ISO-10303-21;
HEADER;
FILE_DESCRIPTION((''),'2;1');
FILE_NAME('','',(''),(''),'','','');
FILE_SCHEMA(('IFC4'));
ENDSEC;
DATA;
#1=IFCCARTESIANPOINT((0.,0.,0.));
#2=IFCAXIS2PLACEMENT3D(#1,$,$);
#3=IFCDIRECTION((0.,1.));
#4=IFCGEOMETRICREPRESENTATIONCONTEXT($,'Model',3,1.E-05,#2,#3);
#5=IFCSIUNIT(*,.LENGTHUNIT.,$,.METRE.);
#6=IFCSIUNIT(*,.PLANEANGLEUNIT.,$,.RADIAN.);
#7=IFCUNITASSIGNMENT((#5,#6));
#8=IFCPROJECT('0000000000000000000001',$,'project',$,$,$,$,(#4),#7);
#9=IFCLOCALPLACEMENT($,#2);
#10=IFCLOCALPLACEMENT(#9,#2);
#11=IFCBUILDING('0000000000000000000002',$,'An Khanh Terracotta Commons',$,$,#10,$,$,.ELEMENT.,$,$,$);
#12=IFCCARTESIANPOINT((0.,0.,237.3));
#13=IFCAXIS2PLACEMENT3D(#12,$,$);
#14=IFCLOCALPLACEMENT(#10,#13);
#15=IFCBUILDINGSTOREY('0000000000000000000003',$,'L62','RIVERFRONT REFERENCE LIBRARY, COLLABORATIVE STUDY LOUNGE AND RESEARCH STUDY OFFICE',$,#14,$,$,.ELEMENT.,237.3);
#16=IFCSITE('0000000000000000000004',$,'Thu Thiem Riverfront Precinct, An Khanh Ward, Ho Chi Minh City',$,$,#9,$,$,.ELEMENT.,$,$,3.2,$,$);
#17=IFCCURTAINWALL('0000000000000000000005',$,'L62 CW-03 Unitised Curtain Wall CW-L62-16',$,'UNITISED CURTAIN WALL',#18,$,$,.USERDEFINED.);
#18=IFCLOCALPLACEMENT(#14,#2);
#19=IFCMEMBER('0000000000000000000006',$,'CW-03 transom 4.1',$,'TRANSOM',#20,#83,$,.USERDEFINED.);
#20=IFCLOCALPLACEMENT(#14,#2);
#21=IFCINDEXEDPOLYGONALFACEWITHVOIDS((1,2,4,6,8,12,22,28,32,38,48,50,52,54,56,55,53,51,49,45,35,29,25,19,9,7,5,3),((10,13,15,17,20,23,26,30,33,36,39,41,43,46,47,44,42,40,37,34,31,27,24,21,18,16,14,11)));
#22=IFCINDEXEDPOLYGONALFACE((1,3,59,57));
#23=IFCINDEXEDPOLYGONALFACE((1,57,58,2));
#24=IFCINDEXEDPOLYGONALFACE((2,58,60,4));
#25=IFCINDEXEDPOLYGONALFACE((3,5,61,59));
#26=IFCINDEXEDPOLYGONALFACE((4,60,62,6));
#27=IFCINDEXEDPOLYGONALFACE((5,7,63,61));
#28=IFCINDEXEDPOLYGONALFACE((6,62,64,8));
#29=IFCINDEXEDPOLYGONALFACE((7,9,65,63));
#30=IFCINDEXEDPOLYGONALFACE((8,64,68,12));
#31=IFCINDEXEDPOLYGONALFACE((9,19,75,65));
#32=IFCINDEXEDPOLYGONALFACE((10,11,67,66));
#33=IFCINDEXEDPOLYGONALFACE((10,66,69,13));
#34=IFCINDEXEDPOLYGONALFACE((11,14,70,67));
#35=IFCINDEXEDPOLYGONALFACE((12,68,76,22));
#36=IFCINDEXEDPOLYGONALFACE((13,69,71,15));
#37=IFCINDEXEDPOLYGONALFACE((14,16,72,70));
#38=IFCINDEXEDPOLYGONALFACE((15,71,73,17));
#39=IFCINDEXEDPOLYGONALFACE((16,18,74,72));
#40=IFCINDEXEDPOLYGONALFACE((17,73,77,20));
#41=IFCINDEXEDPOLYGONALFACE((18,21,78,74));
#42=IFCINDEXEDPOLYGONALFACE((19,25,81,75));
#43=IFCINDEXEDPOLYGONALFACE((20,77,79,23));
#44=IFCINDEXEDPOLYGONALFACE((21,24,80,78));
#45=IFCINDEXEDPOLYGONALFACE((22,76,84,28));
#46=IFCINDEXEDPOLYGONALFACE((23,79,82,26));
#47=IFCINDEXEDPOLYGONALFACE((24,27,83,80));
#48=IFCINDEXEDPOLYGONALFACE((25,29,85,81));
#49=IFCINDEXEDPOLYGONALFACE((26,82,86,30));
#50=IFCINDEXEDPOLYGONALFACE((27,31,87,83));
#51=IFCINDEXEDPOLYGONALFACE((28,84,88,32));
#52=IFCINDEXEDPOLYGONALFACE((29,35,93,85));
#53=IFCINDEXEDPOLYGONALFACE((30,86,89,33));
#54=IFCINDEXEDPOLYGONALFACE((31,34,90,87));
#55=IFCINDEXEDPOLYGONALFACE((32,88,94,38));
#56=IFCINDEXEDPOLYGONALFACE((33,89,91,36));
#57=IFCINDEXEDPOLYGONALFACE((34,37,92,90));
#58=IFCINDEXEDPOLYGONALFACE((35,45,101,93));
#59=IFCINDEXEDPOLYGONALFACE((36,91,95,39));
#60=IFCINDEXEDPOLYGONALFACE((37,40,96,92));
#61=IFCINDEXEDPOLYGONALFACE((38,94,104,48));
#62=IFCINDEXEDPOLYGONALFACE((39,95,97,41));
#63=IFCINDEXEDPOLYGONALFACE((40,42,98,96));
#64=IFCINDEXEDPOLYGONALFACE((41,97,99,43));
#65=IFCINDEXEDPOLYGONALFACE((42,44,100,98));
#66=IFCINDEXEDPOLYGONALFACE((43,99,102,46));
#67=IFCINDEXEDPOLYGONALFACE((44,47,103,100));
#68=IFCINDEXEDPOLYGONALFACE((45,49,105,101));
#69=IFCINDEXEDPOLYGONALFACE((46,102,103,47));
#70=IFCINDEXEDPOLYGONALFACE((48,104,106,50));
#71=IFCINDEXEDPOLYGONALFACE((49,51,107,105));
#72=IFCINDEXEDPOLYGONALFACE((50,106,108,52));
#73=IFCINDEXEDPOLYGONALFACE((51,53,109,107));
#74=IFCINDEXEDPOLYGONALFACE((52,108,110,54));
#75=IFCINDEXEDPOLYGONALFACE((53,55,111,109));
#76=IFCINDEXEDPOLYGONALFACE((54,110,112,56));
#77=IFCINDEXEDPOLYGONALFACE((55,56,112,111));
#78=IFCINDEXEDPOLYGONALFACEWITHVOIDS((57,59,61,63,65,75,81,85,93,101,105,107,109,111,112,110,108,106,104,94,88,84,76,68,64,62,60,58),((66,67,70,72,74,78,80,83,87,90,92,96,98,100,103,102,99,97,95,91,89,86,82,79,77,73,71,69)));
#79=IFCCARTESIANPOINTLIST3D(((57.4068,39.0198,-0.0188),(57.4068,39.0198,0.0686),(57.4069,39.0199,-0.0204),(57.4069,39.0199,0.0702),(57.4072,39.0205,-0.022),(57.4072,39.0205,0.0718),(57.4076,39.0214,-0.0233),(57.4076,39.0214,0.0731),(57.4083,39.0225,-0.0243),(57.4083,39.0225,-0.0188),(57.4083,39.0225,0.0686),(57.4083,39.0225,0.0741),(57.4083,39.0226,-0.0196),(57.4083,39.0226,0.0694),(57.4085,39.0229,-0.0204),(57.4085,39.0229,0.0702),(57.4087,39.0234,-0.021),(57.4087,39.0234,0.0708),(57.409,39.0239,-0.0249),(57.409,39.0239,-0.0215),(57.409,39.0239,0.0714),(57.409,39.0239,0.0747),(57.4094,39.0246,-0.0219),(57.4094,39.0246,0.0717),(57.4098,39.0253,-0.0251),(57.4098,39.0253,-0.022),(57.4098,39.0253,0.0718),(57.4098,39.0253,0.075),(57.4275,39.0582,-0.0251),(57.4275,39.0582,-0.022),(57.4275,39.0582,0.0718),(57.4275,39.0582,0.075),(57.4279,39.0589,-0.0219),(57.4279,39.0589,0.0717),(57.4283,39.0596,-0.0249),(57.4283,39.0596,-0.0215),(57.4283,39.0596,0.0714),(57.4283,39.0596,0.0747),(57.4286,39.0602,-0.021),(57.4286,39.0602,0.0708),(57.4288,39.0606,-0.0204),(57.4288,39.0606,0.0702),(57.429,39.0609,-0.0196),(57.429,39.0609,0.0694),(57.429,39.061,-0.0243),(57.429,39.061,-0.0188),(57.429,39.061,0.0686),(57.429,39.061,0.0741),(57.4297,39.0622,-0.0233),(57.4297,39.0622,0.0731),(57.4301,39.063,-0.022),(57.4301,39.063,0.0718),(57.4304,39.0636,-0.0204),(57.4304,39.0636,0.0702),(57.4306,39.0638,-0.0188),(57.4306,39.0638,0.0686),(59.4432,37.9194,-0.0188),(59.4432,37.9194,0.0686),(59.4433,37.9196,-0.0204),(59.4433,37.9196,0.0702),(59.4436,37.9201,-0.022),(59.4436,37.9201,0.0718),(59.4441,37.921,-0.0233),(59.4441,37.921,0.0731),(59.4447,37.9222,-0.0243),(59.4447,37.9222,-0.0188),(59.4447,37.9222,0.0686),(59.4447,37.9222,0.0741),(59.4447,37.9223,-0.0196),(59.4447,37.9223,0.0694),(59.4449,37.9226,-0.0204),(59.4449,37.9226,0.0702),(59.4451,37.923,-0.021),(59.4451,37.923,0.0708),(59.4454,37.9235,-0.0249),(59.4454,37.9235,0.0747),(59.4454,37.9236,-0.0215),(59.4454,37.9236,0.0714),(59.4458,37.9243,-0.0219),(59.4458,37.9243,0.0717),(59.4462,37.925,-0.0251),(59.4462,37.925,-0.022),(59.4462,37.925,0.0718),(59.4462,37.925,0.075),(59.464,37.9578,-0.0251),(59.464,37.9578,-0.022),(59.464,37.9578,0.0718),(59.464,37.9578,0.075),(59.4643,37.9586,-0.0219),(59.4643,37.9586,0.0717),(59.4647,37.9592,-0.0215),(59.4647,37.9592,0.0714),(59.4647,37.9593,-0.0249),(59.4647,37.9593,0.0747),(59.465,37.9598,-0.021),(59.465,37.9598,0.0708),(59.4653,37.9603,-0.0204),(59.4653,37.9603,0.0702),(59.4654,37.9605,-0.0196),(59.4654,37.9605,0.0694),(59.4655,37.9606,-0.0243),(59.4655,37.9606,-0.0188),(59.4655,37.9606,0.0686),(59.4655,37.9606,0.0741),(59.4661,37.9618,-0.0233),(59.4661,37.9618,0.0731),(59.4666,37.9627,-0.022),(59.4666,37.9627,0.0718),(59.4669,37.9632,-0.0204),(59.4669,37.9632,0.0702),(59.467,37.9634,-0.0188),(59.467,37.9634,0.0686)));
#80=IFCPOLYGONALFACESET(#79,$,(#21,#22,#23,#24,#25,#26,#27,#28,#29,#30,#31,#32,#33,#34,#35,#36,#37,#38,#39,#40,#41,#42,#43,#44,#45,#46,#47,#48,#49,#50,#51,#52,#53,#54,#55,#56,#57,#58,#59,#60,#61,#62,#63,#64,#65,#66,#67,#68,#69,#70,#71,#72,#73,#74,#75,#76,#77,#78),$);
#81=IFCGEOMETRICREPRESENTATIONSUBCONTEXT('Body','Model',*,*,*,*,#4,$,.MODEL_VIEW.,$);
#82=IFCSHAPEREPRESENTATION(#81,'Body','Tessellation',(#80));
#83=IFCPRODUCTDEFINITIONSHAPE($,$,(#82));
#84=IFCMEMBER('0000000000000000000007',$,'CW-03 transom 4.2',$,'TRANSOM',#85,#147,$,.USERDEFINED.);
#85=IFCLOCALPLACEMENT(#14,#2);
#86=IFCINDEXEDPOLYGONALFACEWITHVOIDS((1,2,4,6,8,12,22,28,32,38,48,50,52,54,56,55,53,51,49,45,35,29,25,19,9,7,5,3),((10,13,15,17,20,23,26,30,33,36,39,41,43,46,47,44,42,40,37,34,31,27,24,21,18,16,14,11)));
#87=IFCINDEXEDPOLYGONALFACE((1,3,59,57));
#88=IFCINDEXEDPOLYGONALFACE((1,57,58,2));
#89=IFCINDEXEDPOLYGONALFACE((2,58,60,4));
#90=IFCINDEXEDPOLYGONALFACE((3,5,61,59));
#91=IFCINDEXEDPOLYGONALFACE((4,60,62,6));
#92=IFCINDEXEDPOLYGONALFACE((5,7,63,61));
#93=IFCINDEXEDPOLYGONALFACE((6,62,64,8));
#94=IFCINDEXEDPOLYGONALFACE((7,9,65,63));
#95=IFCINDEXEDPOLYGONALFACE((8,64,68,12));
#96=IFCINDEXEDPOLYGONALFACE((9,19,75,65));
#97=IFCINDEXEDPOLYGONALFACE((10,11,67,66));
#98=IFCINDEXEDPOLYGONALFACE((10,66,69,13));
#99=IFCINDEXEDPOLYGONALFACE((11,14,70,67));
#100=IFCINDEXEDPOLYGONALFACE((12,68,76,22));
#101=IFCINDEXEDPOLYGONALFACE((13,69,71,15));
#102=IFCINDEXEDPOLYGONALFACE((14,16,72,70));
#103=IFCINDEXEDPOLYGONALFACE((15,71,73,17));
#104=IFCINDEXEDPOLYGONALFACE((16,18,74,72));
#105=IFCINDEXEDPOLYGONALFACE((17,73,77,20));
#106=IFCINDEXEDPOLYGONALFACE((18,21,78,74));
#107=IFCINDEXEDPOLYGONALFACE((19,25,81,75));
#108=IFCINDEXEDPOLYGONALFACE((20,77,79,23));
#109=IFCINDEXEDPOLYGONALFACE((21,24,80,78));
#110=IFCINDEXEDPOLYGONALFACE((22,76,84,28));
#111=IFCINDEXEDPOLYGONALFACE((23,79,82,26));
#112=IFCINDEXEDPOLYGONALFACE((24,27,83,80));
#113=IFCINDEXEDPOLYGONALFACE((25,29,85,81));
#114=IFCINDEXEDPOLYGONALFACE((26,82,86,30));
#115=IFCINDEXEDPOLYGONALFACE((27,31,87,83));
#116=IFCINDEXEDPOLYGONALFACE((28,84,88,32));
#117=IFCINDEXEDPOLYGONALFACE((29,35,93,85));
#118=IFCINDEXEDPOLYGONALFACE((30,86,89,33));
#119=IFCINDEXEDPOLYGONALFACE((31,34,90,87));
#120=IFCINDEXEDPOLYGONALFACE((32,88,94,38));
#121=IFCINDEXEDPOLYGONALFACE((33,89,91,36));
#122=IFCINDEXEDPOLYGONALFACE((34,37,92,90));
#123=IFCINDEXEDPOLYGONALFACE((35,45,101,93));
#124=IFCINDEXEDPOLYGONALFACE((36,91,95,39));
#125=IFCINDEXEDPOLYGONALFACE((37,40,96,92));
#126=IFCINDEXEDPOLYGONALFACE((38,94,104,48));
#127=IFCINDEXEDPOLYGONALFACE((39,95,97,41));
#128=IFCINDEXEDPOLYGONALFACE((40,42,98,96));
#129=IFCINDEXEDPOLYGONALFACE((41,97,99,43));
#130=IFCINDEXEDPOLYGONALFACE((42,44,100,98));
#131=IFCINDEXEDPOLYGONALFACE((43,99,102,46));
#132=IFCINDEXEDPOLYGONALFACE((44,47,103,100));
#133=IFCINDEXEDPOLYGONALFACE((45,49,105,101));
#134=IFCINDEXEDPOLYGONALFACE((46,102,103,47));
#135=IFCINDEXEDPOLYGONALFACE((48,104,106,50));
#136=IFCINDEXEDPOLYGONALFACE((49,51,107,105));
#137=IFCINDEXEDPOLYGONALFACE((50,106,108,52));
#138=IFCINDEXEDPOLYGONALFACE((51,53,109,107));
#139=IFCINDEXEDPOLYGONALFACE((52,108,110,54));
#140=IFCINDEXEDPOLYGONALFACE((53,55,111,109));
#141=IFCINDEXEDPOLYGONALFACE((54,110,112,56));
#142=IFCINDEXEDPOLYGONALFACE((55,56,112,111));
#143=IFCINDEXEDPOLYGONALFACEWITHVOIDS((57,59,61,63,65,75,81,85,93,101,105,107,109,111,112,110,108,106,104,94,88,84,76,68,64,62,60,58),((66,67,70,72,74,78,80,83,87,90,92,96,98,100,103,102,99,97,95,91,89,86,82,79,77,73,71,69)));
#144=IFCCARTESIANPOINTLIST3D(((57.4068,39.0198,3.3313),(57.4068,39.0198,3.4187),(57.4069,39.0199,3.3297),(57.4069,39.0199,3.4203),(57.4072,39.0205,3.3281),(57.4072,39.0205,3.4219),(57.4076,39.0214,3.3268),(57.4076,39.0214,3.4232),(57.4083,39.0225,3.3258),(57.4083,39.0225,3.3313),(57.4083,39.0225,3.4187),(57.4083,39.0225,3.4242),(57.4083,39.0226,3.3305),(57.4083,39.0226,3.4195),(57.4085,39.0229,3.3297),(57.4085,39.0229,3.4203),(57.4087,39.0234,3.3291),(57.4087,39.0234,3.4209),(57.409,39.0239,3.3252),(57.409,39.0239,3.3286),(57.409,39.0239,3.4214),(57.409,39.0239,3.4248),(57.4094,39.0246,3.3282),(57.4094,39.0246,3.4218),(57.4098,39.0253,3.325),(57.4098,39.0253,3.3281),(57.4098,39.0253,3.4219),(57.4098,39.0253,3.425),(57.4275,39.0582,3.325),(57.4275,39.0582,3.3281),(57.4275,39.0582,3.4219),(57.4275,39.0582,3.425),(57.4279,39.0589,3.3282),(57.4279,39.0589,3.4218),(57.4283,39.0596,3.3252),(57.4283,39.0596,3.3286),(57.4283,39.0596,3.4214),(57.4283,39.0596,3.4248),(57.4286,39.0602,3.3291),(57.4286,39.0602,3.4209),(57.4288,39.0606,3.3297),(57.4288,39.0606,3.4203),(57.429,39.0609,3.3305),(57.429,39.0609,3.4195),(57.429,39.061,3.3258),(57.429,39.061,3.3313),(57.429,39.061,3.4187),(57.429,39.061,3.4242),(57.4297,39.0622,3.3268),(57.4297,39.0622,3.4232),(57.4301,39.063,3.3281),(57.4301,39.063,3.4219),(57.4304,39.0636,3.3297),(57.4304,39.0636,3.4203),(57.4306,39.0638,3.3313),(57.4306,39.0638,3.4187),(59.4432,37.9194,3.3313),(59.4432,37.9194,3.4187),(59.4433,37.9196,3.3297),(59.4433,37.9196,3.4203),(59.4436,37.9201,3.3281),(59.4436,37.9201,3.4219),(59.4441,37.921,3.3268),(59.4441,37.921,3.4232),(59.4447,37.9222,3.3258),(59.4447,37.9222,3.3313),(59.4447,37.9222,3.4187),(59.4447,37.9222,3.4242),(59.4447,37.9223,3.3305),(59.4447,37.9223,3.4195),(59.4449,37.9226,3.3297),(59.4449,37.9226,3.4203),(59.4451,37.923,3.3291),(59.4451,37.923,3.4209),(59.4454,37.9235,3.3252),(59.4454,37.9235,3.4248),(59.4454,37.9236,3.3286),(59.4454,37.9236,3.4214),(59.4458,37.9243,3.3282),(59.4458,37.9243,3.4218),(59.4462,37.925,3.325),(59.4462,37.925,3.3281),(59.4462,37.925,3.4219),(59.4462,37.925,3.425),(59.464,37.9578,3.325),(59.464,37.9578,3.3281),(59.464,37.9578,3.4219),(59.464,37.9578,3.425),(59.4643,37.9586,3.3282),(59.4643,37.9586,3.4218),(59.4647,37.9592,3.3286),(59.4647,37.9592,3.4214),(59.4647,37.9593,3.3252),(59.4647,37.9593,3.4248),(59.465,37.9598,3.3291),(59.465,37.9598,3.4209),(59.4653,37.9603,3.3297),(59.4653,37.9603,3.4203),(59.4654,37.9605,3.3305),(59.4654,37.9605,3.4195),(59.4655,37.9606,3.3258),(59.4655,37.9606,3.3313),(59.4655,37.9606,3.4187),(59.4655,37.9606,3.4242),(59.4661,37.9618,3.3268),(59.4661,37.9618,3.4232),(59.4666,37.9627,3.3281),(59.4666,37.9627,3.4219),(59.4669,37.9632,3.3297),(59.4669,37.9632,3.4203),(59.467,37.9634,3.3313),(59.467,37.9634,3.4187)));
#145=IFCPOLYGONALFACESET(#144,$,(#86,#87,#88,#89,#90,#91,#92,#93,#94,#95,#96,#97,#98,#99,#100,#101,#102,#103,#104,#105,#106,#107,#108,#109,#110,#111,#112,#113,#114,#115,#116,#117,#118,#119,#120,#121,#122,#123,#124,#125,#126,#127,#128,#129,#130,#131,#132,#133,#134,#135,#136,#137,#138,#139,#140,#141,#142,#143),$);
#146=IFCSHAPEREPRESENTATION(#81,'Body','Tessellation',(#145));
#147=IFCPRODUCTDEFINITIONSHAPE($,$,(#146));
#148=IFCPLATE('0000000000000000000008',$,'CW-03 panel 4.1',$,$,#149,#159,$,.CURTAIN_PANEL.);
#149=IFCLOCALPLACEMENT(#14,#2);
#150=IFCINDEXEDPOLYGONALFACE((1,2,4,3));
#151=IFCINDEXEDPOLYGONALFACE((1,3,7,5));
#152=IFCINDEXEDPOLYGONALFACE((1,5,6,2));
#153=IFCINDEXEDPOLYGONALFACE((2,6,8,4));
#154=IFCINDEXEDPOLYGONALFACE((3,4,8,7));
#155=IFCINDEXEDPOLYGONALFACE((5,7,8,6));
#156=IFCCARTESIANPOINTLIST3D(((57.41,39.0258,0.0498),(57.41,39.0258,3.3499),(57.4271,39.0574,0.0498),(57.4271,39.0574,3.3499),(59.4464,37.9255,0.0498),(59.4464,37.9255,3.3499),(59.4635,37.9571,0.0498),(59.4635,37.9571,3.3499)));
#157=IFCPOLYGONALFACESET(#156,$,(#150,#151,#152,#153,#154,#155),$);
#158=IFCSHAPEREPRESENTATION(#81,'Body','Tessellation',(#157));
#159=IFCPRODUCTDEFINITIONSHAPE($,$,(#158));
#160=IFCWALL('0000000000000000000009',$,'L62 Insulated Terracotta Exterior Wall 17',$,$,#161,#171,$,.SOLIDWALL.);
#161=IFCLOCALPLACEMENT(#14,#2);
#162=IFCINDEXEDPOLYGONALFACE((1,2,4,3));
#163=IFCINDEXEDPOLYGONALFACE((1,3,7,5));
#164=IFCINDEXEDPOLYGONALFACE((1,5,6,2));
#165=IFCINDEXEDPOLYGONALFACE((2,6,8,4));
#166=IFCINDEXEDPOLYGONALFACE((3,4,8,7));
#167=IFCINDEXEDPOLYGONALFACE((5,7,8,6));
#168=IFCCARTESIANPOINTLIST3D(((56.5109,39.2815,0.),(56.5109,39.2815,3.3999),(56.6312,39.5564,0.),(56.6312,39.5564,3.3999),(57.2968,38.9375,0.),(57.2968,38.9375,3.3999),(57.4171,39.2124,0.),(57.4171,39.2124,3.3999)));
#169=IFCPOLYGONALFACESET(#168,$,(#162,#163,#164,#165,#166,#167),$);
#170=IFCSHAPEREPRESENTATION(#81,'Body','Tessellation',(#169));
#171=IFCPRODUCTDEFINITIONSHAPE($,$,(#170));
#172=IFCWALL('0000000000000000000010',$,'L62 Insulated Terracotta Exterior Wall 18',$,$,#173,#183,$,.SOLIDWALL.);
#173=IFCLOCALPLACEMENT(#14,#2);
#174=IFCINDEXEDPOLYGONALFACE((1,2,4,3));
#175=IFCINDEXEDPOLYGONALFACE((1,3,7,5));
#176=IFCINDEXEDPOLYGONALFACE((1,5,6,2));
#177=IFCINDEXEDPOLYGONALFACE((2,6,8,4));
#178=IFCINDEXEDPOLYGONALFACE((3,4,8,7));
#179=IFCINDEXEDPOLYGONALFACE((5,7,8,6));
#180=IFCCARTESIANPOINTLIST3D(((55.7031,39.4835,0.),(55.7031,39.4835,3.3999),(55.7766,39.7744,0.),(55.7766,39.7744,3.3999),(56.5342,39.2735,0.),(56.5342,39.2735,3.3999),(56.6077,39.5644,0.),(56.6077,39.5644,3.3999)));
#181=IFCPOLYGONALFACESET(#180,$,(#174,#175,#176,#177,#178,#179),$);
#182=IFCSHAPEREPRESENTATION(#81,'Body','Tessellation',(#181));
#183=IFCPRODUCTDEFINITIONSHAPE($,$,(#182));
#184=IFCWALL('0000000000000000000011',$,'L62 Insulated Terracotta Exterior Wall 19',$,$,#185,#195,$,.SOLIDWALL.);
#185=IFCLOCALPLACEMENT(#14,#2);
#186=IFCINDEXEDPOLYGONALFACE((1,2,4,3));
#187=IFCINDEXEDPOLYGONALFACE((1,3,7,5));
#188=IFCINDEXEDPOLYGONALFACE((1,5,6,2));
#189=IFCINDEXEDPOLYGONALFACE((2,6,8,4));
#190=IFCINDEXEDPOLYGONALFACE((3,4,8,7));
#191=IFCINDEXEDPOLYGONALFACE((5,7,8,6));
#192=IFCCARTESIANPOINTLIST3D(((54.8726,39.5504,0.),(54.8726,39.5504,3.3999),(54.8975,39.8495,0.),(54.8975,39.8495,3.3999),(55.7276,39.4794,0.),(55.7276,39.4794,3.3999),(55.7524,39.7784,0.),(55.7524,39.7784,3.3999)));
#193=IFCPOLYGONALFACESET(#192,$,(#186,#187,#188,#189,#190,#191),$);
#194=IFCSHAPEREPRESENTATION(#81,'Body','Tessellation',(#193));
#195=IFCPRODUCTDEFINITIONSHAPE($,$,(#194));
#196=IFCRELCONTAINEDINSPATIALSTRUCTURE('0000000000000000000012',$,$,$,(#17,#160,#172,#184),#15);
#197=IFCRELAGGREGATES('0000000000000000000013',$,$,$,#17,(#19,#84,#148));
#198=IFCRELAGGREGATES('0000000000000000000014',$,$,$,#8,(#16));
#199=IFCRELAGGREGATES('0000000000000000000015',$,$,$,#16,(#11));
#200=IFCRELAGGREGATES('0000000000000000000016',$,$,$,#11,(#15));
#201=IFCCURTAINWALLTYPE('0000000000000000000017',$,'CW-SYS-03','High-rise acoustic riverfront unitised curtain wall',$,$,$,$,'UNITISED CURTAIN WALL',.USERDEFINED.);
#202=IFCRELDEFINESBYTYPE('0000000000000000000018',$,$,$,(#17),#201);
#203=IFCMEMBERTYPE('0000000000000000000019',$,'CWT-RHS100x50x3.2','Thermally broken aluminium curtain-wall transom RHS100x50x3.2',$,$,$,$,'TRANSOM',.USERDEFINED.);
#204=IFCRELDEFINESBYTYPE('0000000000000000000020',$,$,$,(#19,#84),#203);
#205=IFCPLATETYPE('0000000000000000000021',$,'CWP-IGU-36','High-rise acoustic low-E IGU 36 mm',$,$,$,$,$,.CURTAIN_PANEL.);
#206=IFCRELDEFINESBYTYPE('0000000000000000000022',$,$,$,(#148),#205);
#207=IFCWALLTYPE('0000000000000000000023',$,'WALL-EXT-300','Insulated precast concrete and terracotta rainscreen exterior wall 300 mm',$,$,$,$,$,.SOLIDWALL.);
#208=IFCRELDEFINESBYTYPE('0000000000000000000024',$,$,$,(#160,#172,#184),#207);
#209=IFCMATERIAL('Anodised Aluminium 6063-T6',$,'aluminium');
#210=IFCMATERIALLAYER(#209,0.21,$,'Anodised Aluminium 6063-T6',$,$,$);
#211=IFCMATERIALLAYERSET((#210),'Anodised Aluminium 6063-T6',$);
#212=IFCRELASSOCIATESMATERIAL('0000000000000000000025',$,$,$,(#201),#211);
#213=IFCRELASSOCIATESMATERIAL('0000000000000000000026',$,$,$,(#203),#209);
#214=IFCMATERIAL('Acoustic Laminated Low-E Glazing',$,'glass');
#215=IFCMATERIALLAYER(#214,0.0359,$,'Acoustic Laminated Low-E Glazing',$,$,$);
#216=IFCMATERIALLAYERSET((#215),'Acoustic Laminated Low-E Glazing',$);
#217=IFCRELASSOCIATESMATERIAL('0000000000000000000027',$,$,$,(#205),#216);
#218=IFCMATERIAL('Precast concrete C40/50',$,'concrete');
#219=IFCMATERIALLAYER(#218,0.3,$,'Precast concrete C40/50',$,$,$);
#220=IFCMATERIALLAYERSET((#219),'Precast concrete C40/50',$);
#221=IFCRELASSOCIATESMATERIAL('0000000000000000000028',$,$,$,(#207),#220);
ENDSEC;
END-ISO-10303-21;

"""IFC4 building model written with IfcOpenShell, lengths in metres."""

from ifc_helpers import new_model, si_unit, direction, frame, frame_2d, origin, origin_2d, place, context, subcontext, project, spatial, rectangle, hollow_rectangle, extrude, material, layer, layer_set, material_profile, profile_set, type_object, element, aggregate, save


model = new_model("IFC4")

# Units and contexts
model_context = context("Model", 3, precision=1e-05, world=origin(), true_north=direction((0.0, 1.0)))
body_context = subcontext(model_context, "Body", "Model", "MODEL_VIEW")
ifc_project = project(units=[si_unit("LENGTHUNIT", "METRE"), si_unit("PLANEANGLEUNIT", "RADIAN")], contexts=[model_context])

# Site, building, storey
site_placement = place(None, origin())
site = spatial("IfcSite", under=ifc_project, at=site_placement, Name="Thu Thiem Riverfront Precinct, An Khanh Ward, Ho Chi Minh City", CompositionType="ELEMENT", RefElevation=3.2)
building_placement = place(site_placement, origin())
building = spatial("IfcBuilding", under=site, at=building_placement, Name="An Khanh Terracotta Commons", CompositionType="ELEMENT")
storey_placement = place(building_placement, frame((0.0, 0.0, 237.3)))
storey = spatial("IfcBuildingStorey", under=building, at=storey_placement, Name="L62", Description="RIVERFRONT REFERENCE LIBRARY, COLLABORATIVE STUDY LOUNGE AND RESEARCH STUDY OFFICE", CompositionType="ELEMENT", Elevation=237.3)

# Curtain wall, members, plate
ifc_material_1 = material(Name="Anodised Aluminium 6063-T6", Category="aluminium")
ifc_layer_1 = layer(ifc_material_1, 0.21, Name="Anodised Aluminium 6063-T6")
ifc_layer_set_1 = layer_set([ifc_layer_1], Name="Anodised Aluminium 6063-T6")
curtain_wall_type = type_object("IfcCurtainWallType", Name="CW-SYS-03", Description="High-rise acoustic riverfront unitised curtain wall", ElementType="UNITISED CURTAIN WALL", PredefinedType="USERDEFINED", material=ifc_layer_set_1)
curtain_wall_placement = place(storey_placement, origin())
curtain_wall = element("IfcCurtainWall", 1, at=curtain_wall_placement, inside=storey, type_object=curtain_wall_type, Name="L62 CW-03 Unitised Curtain Wall CW-L62-16", ObjectType="UNITISED CURTAIN WALL", PredefinedType="USERDEFINED")
ifc_material_profile_1 = material_profile(ifc_material_1, hollow_rectangle(XDim=0.05, YDim=0.1001, WallThickness=0.0032, InnerFilletRadius=0.0032, OuterFilletRadius=0.0063, at=origin_2d()), Name="RHS100x50x3.2")
ifc_profile_set_1 = profile_set([ifc_material_profile_1], Name="Anodised Aluminium 6063-T6")
member_type_1 = type_object("IfcMemberType", Name="CWT-RHS100x50x3.2", Description="Thermally broken aluminium curtain-wall transom RHS100x50x3.2", ElementType="TRANSOM", PredefinedType="USERDEFINED", material=ifc_profile_set_1)
member_1_placement = place(storey_placement, frame((59.4551, 37.9414, 0.0249), z_axis=(-0.879779, 0.475382, 0.0), x_axis=(-0.475382, -0.879779, 0.0)))
member_1 = element("IfcMember", 2, at=member_1_placement, type_object=member_type_1, Name="CW-03 transom 4.1", ObjectType="TRANSOM", PredefinedType="USERDEFINED", context=body_context, shape_type="SweptSolid", body=[
    extrude(hollow_rectangle(XDim=0.05, YDim=0.1001, WallThickness=0.0032, InnerFilletRadius=0.0032, OuterFilletRadius=0.0063, at=origin_2d()), origin(), (0.0, 0.0, 1.0), 2.3147),
])
member_2_placement = place(storey_placement, frame((59.4551, 37.9414, 3.375), z_axis=(-0.879779, 0.475382, 0.0), x_axis=(-0.475382, -0.879779, 0.0)))
member_2 = element("IfcMember", 3, at=member_2_placement, type_object=member_type_1, Name="CW-03 transom 4.2", ObjectType="TRANSOM", PredefinedType="USERDEFINED", context=body_context, shape_type="SweptSolid", body=[
    extrude(hollow_rectangle(XDim=0.05, YDim=0.1001, WallThickness=0.0032, InnerFilletRadius=0.0032, OuterFilletRadius=0.0063, at=origin_2d()), origin(), (0.0, 0.0, 1.0), 2.3147),
])
ifc_material_2 = material(Name="Acoustic Laminated Low-E Glazing", Category="glass")
ifc_layer_2 = layer(ifc_material_2, 0.0359, Name="Acoustic Laminated Low-E Glazing")
ifc_layer_set_2 = layer_set([ifc_layer_2], Name="Acoustic Laminated Low-E Glazing")
plate_type = type_object("IfcPlateType", Name="CWP-IGU-36", Description="High-rise acoustic low-E IGU 36 mm", PredefinedType="CURTAIN_PANEL", material=ifc_layer_set_2)
plate_placement = place(storey_placement, frame((58.4368, 38.4915, 0.0498), z_axis=(0.0, 0.0, 1.0), x_axis=(-0.87978, 0.475381, 0.0)))
plate = element("IfcPlate", 4, at=plate_placement, type_object=plate_type, Name="CW-03 panel 4.1", PredefinedType="CURTAIN_PANEL", context=body_context, shape_type="SweptSolid", body=[
    extrude(rectangle(XDim=2.3147, YDim=0.0359, at=origin_2d()), origin(), (0.0, 0.0, 1.0), 3.3),
])
aggregate(curtain_wall, [member_1, member_2, plate])

# Walls
ifc_material_3 = material(Name="Precast concrete C40/50", Category="concrete")
ifc_layer_3 = layer(ifc_material_3, 0.3, Name="Precast concrete C40/50")
ifc_layer_set_3 = layer_set([ifc_layer_3], Name="Precast concrete C40/50")
wall_type = type_object("IfcWallType", Name="WALL-EXT-300", Description="Insulated precast concrete and terracotta rainscreen exterior wall 300 mm", PredefinedType="SOLIDWALL", material=ifc_layer_set_3)
wall_1_placement = place(storey_placement, frame((57.3569, 39.075, 0.0), z_axis=(0.0, 0.0, 1.0), x_axis=(-0.916085, 0.400983, 0.0)))
element("IfcWall", 5, at=wall_1_placement, inside=storey, type_object=wall_type, Name="L62 Insulated Terracotta Exterior Wall 17", PredefinedType="SOLIDWALL", context=body_context, shape_type="SweptSolid", body=[
    extrude(rectangle(XDim=0.8579, YDim=0.3, at=frame_2d((0.429, 0.0))), origin(), (0.0, 0.0, 1.0), 3.3999),
])
wall_2_placement = place(storey_placement, frame((56.571, 39.4189, 0.0), z_axis=(0.0, 0.0, 1.0), x_axis=(-0.969536, 0.244947, 0.0)))
element("IfcWall", 6, at=wall_2_placement, inside=storey, type_object=wall_type, Name="L62 Insulated Terracotta Exterior Wall 18", PredefinedType="SOLIDWALL", context=body_context, shape_type="SweptSolid", body=[
    extrude(rectangle(XDim=0.8572, YDim=0.3, at=frame_2d((0.4287, 0.0))), origin(), (0.0, 0.0, 1.0), 3.3999),
])
wall_3_placement = place(storey_placement, frame((55.74, 39.6289, 0.0), z_axis=(0.0, 0.0, 1.0), x_axis=(-0.996565, 0.08281, 0.0)))
element("IfcWall", 7, at=wall_3_placement, inside=storey, type_object=wall_type, Name="L62 Insulated Terracotta Exterior Wall 19", PredefinedType="SOLIDWALL", context=body_context, shape_type="SweptSolid", body=[
    extrude(rectangle(XDim=0.8579, YDim=0.3, at=frame_2d((0.429, 0.0))), origin(), (0.0, 0.0, 1.0), 3.3999),
])

save(model, "model.ifc")
